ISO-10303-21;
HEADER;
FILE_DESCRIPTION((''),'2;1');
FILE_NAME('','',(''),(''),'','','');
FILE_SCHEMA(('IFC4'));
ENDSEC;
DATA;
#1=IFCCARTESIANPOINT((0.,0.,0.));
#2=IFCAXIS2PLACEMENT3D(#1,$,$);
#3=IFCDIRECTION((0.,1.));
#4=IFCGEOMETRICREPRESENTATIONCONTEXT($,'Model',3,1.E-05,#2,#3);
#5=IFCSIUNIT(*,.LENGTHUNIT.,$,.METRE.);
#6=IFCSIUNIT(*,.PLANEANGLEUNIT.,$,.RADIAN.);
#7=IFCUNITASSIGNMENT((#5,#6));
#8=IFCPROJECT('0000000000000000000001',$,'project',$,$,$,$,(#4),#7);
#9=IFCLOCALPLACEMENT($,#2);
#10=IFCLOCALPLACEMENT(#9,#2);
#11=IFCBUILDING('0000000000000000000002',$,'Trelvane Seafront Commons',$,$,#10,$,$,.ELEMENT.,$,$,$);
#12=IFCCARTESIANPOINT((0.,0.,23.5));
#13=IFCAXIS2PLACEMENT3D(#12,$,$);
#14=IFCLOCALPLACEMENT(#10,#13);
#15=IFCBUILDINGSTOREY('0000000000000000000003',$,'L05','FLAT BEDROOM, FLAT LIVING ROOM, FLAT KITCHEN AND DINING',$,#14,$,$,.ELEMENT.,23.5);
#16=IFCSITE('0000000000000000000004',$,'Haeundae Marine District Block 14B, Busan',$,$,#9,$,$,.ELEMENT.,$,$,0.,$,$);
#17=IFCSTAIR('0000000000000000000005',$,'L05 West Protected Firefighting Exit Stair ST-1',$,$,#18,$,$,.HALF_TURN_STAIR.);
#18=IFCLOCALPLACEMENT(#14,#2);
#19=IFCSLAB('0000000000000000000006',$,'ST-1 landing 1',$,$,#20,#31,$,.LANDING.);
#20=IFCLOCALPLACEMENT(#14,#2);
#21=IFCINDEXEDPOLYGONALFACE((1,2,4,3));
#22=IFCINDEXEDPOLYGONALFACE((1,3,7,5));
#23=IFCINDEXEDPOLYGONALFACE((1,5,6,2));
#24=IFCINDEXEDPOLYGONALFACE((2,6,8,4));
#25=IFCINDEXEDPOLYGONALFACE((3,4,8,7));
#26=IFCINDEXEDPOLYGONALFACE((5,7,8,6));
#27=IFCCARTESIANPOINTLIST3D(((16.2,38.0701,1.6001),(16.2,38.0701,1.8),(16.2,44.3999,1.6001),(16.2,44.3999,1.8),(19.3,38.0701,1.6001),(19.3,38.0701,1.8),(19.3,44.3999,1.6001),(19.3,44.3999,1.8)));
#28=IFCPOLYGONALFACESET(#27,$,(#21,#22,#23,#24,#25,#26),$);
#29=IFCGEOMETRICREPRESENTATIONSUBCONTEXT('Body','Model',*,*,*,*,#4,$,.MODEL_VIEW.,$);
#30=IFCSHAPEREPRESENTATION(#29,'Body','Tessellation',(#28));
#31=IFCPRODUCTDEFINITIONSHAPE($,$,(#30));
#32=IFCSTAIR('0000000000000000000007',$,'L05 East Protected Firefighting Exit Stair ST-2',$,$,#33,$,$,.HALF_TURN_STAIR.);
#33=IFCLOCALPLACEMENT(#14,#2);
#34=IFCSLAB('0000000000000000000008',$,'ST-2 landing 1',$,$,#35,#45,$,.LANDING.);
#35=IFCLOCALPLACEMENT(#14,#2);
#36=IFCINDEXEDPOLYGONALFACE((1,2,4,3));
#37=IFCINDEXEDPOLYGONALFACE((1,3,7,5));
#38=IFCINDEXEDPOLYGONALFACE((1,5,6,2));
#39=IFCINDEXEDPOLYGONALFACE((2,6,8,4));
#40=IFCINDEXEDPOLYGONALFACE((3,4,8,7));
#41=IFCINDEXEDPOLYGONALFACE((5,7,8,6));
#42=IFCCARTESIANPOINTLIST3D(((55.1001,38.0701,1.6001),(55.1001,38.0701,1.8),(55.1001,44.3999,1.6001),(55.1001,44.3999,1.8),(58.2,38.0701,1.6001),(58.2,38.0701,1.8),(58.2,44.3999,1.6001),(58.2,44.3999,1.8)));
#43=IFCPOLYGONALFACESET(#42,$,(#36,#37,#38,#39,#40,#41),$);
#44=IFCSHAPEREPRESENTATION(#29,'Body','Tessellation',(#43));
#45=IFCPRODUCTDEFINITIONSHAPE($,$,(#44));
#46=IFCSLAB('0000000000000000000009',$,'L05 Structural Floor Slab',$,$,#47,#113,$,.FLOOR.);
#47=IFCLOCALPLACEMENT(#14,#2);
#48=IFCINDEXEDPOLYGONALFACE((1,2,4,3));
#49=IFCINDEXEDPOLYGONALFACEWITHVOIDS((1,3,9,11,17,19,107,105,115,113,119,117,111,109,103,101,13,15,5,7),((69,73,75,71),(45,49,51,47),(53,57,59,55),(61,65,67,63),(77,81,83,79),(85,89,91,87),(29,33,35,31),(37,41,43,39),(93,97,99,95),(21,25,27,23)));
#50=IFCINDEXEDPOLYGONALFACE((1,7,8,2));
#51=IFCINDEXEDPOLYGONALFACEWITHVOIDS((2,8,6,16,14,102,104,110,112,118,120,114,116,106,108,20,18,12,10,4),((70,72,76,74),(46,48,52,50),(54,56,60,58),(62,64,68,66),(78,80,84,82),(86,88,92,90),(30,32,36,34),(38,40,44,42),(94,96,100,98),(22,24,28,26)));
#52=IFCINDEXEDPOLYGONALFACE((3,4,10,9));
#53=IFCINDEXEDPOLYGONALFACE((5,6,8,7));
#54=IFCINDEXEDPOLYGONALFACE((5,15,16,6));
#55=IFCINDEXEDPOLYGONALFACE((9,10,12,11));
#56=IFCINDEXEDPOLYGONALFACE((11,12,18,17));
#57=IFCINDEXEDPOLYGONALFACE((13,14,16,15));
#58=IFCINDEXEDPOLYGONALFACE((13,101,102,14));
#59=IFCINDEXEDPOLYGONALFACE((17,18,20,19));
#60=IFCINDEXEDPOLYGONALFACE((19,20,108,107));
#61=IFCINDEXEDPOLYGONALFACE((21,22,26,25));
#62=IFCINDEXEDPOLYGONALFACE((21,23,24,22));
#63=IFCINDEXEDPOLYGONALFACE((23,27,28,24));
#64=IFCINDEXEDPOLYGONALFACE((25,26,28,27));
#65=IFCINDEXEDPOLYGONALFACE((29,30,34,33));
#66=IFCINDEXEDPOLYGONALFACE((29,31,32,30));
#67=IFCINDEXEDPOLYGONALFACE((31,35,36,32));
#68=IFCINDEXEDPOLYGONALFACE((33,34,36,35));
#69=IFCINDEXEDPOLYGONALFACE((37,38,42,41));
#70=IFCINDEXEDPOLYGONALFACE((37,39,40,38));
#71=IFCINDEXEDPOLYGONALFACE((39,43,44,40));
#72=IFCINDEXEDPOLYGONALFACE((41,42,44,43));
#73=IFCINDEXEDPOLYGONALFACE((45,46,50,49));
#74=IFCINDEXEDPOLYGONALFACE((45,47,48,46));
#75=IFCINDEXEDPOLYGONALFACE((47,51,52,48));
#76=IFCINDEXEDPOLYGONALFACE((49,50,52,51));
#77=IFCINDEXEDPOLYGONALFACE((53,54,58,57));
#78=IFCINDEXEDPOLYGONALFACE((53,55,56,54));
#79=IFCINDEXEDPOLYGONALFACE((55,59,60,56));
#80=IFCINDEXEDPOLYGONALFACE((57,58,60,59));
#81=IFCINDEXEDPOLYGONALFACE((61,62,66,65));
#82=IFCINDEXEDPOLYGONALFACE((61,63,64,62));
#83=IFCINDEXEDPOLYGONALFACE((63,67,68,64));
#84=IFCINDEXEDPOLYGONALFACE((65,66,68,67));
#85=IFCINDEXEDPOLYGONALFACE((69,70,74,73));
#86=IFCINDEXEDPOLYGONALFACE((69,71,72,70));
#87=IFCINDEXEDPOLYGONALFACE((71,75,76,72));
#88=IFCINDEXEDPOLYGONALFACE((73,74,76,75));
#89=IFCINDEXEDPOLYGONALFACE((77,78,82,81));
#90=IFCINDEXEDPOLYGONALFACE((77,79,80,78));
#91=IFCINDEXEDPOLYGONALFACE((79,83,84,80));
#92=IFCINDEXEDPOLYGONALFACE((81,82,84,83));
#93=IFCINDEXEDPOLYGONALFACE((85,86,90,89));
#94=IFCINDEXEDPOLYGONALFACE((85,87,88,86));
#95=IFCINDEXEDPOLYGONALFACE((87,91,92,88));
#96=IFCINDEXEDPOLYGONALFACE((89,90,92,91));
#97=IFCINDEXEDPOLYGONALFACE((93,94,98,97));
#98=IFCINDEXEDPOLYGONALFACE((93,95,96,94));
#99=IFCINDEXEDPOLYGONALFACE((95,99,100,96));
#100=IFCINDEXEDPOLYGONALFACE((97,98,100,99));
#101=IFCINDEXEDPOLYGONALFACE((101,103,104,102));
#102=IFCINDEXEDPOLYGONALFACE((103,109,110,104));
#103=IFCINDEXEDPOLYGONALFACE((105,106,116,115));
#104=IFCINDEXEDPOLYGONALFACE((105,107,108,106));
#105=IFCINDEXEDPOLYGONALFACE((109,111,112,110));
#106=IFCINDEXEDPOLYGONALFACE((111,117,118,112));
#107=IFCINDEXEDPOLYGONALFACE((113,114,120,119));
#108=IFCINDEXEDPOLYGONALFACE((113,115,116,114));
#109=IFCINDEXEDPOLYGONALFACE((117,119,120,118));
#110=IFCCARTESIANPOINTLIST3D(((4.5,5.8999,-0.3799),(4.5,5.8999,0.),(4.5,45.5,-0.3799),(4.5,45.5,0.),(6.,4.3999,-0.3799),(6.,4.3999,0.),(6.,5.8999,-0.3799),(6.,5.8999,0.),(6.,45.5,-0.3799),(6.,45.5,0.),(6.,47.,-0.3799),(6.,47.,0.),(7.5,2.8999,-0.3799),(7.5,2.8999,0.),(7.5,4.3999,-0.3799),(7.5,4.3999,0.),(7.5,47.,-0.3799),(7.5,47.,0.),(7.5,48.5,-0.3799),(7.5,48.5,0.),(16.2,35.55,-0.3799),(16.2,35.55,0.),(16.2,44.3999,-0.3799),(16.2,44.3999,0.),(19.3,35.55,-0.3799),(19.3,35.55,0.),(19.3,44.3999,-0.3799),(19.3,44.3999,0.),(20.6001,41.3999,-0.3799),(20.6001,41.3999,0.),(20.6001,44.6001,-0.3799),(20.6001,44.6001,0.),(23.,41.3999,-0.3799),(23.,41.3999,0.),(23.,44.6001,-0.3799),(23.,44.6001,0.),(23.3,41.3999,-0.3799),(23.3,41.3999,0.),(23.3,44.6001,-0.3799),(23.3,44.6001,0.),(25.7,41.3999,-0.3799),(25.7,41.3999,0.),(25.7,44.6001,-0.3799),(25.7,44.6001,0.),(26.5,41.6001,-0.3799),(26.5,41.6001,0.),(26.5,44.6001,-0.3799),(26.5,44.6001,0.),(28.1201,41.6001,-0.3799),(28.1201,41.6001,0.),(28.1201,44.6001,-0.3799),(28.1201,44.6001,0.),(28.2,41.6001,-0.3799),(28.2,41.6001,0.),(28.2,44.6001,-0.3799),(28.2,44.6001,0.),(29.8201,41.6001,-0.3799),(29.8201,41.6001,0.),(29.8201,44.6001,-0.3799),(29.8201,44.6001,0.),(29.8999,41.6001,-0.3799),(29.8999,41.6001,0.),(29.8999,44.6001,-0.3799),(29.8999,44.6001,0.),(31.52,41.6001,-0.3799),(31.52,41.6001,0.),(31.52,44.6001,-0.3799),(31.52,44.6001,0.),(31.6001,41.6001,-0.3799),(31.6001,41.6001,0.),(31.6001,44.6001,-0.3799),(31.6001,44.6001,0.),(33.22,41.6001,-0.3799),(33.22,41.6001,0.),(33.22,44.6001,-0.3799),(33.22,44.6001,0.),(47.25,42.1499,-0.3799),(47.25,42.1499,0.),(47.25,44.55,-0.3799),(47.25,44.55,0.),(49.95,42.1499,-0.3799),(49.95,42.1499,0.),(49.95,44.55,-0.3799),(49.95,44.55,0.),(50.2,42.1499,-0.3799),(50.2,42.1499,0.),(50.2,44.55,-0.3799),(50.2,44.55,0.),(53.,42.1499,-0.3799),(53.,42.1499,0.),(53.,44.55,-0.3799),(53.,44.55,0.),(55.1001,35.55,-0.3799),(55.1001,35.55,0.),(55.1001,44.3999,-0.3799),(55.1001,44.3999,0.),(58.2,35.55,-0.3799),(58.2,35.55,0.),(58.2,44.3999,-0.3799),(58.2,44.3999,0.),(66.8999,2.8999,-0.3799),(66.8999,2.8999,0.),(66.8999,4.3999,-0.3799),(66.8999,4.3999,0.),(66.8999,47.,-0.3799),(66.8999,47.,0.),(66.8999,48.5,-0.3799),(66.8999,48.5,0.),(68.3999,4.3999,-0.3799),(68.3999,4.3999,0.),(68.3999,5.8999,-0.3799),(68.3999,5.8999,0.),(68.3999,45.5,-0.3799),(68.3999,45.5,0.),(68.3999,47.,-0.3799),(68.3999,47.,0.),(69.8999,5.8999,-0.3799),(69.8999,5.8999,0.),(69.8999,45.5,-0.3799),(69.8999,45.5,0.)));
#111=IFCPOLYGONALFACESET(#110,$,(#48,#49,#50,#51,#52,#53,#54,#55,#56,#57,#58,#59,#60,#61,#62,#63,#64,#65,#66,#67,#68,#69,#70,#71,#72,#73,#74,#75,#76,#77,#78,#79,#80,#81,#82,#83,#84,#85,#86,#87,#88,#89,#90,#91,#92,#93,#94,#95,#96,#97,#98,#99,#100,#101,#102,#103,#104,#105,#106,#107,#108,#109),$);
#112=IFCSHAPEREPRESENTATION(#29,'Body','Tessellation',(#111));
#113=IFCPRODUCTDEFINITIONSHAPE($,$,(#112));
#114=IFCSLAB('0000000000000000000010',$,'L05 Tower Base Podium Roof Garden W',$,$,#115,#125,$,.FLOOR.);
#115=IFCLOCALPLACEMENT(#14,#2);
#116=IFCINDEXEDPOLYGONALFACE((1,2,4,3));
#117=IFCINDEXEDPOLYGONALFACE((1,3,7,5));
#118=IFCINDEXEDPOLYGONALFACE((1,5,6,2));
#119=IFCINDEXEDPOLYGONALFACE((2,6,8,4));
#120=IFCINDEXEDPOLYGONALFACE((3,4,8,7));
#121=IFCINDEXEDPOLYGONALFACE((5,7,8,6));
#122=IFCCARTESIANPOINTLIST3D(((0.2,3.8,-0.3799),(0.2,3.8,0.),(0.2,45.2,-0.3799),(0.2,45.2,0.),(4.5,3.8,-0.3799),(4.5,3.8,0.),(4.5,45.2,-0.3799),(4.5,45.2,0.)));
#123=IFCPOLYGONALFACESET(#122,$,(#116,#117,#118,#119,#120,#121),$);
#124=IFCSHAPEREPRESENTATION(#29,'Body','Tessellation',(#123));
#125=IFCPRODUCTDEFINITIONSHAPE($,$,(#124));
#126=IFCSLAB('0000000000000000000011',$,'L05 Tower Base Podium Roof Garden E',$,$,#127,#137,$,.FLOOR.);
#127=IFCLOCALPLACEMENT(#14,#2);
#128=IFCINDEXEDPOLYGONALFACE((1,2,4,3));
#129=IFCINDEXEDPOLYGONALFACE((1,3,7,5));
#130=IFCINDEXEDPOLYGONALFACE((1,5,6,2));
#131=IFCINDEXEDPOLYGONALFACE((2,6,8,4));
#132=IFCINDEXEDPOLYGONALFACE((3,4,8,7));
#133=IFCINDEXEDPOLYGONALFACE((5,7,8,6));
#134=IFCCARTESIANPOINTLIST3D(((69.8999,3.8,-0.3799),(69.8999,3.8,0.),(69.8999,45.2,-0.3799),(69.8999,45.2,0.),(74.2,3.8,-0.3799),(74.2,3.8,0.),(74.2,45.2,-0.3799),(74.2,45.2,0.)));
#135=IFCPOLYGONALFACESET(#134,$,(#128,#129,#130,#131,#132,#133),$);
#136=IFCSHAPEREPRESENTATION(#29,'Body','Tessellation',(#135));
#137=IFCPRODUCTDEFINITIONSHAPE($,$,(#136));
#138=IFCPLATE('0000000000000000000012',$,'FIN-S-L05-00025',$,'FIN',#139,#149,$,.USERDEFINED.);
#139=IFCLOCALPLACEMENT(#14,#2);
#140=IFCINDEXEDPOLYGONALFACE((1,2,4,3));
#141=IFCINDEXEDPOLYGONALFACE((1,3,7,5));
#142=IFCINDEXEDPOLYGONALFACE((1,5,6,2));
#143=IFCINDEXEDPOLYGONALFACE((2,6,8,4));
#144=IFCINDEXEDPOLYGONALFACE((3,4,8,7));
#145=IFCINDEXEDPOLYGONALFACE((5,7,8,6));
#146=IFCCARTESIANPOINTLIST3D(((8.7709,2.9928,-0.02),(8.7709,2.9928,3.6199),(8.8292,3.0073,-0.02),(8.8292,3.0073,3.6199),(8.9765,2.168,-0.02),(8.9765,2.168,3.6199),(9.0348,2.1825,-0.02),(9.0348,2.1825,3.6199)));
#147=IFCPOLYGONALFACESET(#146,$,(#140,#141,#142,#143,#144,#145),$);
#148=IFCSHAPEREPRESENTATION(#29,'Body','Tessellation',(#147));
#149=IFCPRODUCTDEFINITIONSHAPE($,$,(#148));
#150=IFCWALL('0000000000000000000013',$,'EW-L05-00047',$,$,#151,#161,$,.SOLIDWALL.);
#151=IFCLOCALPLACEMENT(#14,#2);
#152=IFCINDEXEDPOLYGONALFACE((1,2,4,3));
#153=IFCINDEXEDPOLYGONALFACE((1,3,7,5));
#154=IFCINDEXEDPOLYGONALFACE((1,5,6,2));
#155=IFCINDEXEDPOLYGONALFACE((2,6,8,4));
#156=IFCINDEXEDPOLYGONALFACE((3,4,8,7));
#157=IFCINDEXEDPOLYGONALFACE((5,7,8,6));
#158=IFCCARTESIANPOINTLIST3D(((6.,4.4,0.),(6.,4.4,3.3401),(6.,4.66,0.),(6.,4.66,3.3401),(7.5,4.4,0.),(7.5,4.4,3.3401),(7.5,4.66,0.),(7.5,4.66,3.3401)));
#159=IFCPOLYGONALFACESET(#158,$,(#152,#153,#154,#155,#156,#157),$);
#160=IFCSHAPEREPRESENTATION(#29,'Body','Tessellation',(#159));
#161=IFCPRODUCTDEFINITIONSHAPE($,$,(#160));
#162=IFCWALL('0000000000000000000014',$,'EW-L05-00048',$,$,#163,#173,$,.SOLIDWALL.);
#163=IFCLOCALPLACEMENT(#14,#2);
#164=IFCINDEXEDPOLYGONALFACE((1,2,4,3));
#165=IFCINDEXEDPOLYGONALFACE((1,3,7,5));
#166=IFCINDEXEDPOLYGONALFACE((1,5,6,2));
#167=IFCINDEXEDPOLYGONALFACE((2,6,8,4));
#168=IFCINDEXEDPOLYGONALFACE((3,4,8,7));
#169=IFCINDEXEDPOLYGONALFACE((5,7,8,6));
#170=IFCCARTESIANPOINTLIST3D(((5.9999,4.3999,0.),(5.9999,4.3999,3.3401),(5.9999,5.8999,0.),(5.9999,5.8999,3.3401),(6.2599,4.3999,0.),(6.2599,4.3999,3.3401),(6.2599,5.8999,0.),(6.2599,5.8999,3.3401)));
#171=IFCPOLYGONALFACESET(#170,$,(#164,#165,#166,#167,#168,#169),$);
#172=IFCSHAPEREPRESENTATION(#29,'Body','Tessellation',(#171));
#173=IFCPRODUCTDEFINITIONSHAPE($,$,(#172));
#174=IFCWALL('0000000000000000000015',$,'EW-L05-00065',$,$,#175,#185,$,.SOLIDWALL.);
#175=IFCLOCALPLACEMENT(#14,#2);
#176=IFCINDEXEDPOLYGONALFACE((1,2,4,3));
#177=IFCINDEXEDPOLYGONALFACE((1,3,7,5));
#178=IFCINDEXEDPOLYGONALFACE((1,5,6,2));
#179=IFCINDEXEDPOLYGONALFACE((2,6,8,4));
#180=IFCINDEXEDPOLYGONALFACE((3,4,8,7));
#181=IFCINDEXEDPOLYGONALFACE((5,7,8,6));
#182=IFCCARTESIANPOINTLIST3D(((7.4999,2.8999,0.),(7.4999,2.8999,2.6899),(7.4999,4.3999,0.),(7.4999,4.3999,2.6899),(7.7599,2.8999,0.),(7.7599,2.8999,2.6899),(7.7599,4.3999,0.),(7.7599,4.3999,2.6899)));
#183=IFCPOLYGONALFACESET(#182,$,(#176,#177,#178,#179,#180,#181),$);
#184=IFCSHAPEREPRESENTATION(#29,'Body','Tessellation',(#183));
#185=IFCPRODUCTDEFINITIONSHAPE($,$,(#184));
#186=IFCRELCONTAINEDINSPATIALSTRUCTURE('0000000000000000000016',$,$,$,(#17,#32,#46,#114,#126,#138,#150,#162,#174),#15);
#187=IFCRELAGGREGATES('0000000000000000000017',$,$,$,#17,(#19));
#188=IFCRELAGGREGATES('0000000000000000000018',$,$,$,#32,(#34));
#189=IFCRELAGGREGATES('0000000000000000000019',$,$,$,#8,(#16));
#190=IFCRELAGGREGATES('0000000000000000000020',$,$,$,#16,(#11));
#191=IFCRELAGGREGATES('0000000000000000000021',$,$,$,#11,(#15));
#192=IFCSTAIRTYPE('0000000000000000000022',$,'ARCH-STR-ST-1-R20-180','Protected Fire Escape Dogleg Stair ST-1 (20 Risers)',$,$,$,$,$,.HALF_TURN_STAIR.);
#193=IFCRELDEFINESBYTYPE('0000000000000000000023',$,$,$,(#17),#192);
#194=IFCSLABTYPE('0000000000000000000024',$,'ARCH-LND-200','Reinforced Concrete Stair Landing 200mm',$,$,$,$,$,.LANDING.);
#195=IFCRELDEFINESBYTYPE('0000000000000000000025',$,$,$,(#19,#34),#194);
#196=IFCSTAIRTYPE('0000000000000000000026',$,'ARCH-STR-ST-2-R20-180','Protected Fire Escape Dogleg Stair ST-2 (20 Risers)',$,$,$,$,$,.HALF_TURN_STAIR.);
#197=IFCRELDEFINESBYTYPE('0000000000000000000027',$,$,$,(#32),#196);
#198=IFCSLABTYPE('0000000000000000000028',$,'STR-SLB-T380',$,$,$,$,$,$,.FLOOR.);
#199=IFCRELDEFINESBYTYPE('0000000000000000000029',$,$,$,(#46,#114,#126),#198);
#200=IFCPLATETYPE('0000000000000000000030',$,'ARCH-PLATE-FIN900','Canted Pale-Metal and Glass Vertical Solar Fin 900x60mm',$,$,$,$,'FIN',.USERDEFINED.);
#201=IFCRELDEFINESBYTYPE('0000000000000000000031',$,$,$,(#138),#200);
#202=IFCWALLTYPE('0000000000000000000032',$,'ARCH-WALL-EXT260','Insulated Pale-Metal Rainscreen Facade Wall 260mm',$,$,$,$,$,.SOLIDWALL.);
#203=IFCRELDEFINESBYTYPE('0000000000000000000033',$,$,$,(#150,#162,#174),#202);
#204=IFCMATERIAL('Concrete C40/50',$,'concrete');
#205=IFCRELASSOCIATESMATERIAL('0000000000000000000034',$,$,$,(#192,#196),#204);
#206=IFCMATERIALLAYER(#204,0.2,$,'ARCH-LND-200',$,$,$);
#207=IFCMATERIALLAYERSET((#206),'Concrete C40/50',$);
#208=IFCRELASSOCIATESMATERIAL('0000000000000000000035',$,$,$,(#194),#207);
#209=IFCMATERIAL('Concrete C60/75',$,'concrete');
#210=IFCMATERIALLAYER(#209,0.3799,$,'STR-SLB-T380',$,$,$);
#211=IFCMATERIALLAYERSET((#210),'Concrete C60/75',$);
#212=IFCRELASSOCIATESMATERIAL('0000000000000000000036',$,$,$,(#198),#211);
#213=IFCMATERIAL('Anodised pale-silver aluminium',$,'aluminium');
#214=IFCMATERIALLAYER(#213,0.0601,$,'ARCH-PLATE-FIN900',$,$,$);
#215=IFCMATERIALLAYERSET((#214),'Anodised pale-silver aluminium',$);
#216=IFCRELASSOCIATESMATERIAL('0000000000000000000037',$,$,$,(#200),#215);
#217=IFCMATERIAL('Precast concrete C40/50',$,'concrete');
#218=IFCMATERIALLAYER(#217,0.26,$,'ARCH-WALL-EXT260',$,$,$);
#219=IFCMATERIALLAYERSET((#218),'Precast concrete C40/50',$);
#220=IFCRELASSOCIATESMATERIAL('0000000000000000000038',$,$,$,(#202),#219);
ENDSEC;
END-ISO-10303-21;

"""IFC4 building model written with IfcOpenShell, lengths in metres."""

from ifc_helpers import new_model, si_unit, direction, frame, frame_2d, origin, origin_2d, place, context, subcontext, project, spatial, polyline, rectangle, outline, extrude, source, transform, mapped, material, layer, layer_set, type_object, element, aggregate, save


model = new_model("IFC4")

# Units and contexts
model_context = context("Model", 3, precision=1e-05, world=origin(), true_north=direction((0.0, 1.0)))
body_context = subcontext(model_context, "Body", "Model", "MODEL_VIEW")
ifc_project = project(units=[si_unit("LENGTHUNIT", "METRE"), si_unit("PLANEANGLEUNIT", "RADIAN")], contexts=[model_context])

# Site, building, storey
site_placement = place(None, origin())
site = spatial("IfcSite", under=ifc_project, at=site_placement, Name="Haeundae Marine District Block 14B, Busan", CompositionType="ELEMENT", RefElevation=0.0)
building_placement = place(site_placement, origin())
building = spatial("IfcBuilding", under=site, at=building_placement, Name="Trelvane Seafront Commons", CompositionType="ELEMENT")
storey_placement = place(building_placement, frame((0.0, 0.0, 23.5)))
storey = spatial("IfcBuildingStorey", under=building, at=storey_placement, Name="L05", Description="FLAT BEDROOM, FLAT LIVING ROOM, FLAT KITCHEN AND DINING", CompositionType="ELEMENT", Elevation=23.5)

# Shared definitions
ifc_material_1 = material(Name="Concrete C40/50", Category="concrete")

# Stairs, slabs
stair_type_1 = type_object("IfcStairType", Name="ARCH-STR-ST-1-R20-180", Description="Protected Fire Escape Dogleg Stair ST-1 (20 Risers)", PredefinedType="HALF_TURN_STAIR", material=ifc_material_1)
stair_1_placement = place(storey_placement, origin())
stair_1 = element("IfcStair", 1, at=stair_1_placement, inside=storey, type_object=stair_type_1, Name="L05 West Protected Firefighting Exit Stair ST-1", PredefinedType="HALF_TURN_STAIR")
ifc_layer_1 = layer(ifc_material_1, 0.2, Name="ARCH-LND-200")
ifc_layer_set_1 = layer_set([ifc_layer_1], Name="Concrete C40/50")
slab_type_1 = type_object("IfcSlabType", Name="ARCH-LND-200", Description="Reinforced Concrete Stair Landing 200mm", PredefinedType="LANDING", material=ifc_layer_set_1)
slab_1_placement = place(storey_placement, frame((0.0, 0.0, 1.6001)))
slab_1 = element("IfcSlab", 2, at=slab_1_placement, type_object=slab_type_1, Name="ST-1 landing 1", PredefinedType="LANDING", context=body_context, shape_type="SweptSolid", body=[
    extrude(outline(polyline([(19.3, 38.0701), (19.3, 44.3999), (16.2, 44.3999), (16.2, 38.0701), (19.3, 38.0701)])), origin(), (0.0, 0.0, 1.0), 0.2),
])
aggregate(stair_1, [slab_1])
stair_type_2 = type_object("IfcStairType", Name="ARCH-STR-ST-2-R20-180", Description="Protected Fire Escape Dogleg Stair ST-2 (20 Risers)", PredefinedType="HALF_TURN_STAIR", material=ifc_material_1)
stair_2_placement = place(storey_placement, origin())
stair_2 = element("IfcStair", 3, at=stair_2_placement, inside=storey, type_object=stair_type_2, Name="L05 East Protected Firefighting Exit Stair ST-2", PredefinedType="HALF_TURN_STAIR")
slab_2_placement = place(storey_placement, frame((0.0, 0.0, 1.6001)))
slab_2 = element("IfcSlab", 4, at=slab_2_placement, type_object=slab_type_1, Name="ST-2 landing 1", PredefinedType="LANDING", context=body_context, shape_type="SweptSolid", body=[
    extrude(outline(polyline([(58.2, 38.0701), (58.2, 44.3999), (55.1001, 44.3999), (55.1001, 38.0701), (58.2, 38.0701)])), origin(), (0.0, 0.0, 1.0), 0.2),
])
aggregate(stair_2, [slab_2])

# Slabs
ifc_material_2 = material(Name="Concrete C60/75", Category="concrete")
ifc_layer_2 = layer(ifc_material_2, 0.3799, Name="STR-SLB-T380")
ifc_layer_set_2 = layer_set([ifc_layer_2], Name="Concrete C60/75")
slab_type_2 = type_object("IfcSlabType", Name="STR-SLB-T380", PredefinedType="FLOOR", material=ifc_layer_set_2)
slab_3_placement = place(storey_placement, frame((0.0, 0.0, -0.3799)))
element("IfcSlab", 5, at=slab_3_placement, inside=storey, type_object=slab_type_2, Name="L05 Structural Floor Slab", PredefinedType="FLOOR", context=body_context, shape_type="SweptSolid", body=[
    extrude(outline(polyline([(7.5, 2.8999), (66.8999, 2.8999), (66.8999, 4.3999), (68.3999, 4.3999), (68.3999, 5.8999), (69.8999, 5.8999), (69.8999, 45.5), (68.3999, 45.5), (68.3999, 47.0), (66.8999, 47.0), (66.8999, 48.5), (7.5, 48.5), (7.5, 47.0), (6.0, 47.0), (6.0, 45.5), (4.5, 45.5), (4.5, 5.8999), (6.0, 5.8999), (6.0, 4.3999), (7.5, 4.3999), (7.5, 2.8999)]), holes=[polyline([(19.3, 35.55), (16.2, 35.55), (16.2, 44.3999), (19.3, 44.3999), (19.3, 35.55)]), polyline([(58.2, 35.55), (55.1001, 35.55), (55.1001, 44.3999), (58.2, 44.3999), (58.2, 35.55)]), polyline([(23.0, 41.3999), (20.6001, 41.3999), (20.6001, 44.6001), (23.0, 44.6001), (23.0, 41.3999)]), polyline([(23.3, 41.3999), (23.3, 44.6001), (25.7, 44.6001), (25.7, 41.3999), (23.3, 41.3999)]), polyline([(26.5, 41.6001), (26.5, 44.6001), (28.1201, 44.6001), (28.1201, 41.6001), (26.5, 41.6001)]), polyline([(29.8201, 41.6001), (28.2, 41.6001), (28.2, 44.6001), (29.8201, 44.6001), (29.8201, 41.6001)]), polyline([(31.52, 41.6001), (29.8999, 41.6001), (29.8999, 44.6001), (31.52, 44.6001), (31.52, 41.6001)]), polyline([(33.22, 41.6001), (31.6001, 41.6001), (31.6001, 44.6001), (33.22, 44.6001), (33.22, 41.6001)]), polyline([(47.25, 42.1499), (47.25, 44.55), (49.95, 44.55), (49.95, 42.1499), (47.25, 42.1499)]), polyline([(50.2, 42.1499), (50.2, 44.55), (53.0, 44.55), (53.0, 42.1499), (50.2, 42.1499)])]), origin(), (0.0, 0.0, 1.0), 0.3799),
])
slab_4_placement = place(storey_placement, frame((0.0, 0.0, -0.3799)))
element("IfcSlab", 6, at=slab_4_placement, inside=storey, type_object=slab_type_2, Name="L05 Tower Base Podium Roof Garden W", PredefinedType="FLOOR", context=body_context, shape_type="SweptSolid", body=[
    extrude(outline(polyline([(0.2, 3.8), (4.5, 3.8), (4.5, 45.2), (0.2, 45.2), (0.2, 3.8)])), origin(), (0.0, 0.0, 1.0), 0.3799),
])
slab_5_placement = place(storey_placement, frame((0.0, 0.0, -0.3799)))
element("IfcSlab", 7, at=slab_5_placement, inside=storey, type_object=slab_type_2, Name="L05 Tower Base Podium Roof Garden E", PredefinedType="FLOOR", context=body_context, shape_type="SweptSolid", body=[
    extrude(outline(polyline([(69.8999, 3.8), (74.2, 3.8), (74.2, 45.2), (69.8999, 45.2), (69.8999, 3.8)])), origin(), (0.0, 0.0, 1.0), 0.3799),
])

# Plate
ifc_material_3 = material(Name="Anodised pale-silver aluminium", Category="aluminium")
ifc_layer_3 = layer(ifc_material_3, 0.0601, Name="ARCH-PLATE-FIN900")
ifc_layer_set_3 = layer_set([ifc_layer_3], Name="Anodised pale-silver aluminium")
plate_type = type_object("IfcPlateType", Name="ARCH-PLATE-FIN900", Description="Canted Pale-Metal and Glass Vertical Solar Fin 900x60mm", ElementType="FIN", PredefinedType="USERDEFINED", material=ifc_layer_set_3)
shared_shape_1 = source(origin(), body_context, "Body", "SweptSolid", [
    extrude(rectangle(XDim=0.8501, YDim=0.0601, at=origin_2d()), origin(), (0.0, 0.0, 1.0), 3.6399),
])
plate_placement = place(storey_placement, frame((8.9028, 2.5876, -0.02), z_axis=(0.0, 0.0, 1.0), x_axis=(0.241871, -0.970308, 0.0)))
element("IfcPlate", 8, at=plate_placement, inside=storey, type_object=plate_type, Name="FIN-S-L05-00025", ObjectType="FIN", PredefinedType="USERDEFINED", context=body_context, shape_type="MappedRepresentation", body=[
    mapped(shared_shape_1, transform((0.0, 0.0, 0.0), x_axis=(1.0, 0.0, 0.0), y_axis=(0.0, 1.0, 0.0), z_axis=(0.0, 0.0, 1.0), scale=1.0)),
])

# Walls
ifc_material_4 = material(Name="Precast concrete C40/50", Category="concrete")
ifc_layer_4 = layer(ifc_material_4, 0.26, Name="ARCH-WALL-EXT260")
ifc_layer_set_4 = layer_set([ifc_layer_4], Name="Precast concrete C40/50")
wall_type_1 = type_object("IfcWallType", Name="ARCH-WALL-EXT260", Description="Insulated Pale-Metal Rainscreen Facade Wall 260mm", PredefinedType="SOLIDWALL", material=ifc_layer_set_4)
for number, where, z_axis, x_axis, name in (
    (9, (7.5, 4.53, 0.0), (0.0, 0.0, 1.0), (-1.0, 0.0, 0.0), "EW-L05-00047"),
    (10, (6.1299, 4.3999, 0.0), (0.0, 0.0, 1.0), (0.0, 1.0, 0.0), "EW-L05-00048"),
):
    element("IfcWall", number, at=place(storey_placement, frame(where, z_axis=z_axis, x_axis=x_axis)), inside=storey, type_object=wall_type_1, Name=name, PredefinedType="SOLIDWALL", context=body_context, shape_type="SweptSolid", body=[
        extrude(rectangle(XDim=1.5, YDim=0.26, at=frame_2d((0.75, 0.0))), origin(), (0.0, 0.0, 1.0), 3.3401),
    ])
wall_1_placement = place(storey_placement, frame((7.6299, 2.8999, 0.0), z_axis=(0.0, 0.0, 1.0), x_axis=(0.0, 1.0, 0.0)))
element("IfcWall", 11, at=wall_1_placement, inside=storey, type_object=wall_type_1, Name="EW-L05-00065", PredefinedType="SOLIDWALL", context=body_context, shape_type="SweptSolid", body=[
    extrude(rectangle(XDim=1.5, YDim=0.26, at=frame_2d((0.75, 0.0))), origin(), (0.0, 0.0, 1.0), 2.6899),
])

save(model, "model.ifc")
